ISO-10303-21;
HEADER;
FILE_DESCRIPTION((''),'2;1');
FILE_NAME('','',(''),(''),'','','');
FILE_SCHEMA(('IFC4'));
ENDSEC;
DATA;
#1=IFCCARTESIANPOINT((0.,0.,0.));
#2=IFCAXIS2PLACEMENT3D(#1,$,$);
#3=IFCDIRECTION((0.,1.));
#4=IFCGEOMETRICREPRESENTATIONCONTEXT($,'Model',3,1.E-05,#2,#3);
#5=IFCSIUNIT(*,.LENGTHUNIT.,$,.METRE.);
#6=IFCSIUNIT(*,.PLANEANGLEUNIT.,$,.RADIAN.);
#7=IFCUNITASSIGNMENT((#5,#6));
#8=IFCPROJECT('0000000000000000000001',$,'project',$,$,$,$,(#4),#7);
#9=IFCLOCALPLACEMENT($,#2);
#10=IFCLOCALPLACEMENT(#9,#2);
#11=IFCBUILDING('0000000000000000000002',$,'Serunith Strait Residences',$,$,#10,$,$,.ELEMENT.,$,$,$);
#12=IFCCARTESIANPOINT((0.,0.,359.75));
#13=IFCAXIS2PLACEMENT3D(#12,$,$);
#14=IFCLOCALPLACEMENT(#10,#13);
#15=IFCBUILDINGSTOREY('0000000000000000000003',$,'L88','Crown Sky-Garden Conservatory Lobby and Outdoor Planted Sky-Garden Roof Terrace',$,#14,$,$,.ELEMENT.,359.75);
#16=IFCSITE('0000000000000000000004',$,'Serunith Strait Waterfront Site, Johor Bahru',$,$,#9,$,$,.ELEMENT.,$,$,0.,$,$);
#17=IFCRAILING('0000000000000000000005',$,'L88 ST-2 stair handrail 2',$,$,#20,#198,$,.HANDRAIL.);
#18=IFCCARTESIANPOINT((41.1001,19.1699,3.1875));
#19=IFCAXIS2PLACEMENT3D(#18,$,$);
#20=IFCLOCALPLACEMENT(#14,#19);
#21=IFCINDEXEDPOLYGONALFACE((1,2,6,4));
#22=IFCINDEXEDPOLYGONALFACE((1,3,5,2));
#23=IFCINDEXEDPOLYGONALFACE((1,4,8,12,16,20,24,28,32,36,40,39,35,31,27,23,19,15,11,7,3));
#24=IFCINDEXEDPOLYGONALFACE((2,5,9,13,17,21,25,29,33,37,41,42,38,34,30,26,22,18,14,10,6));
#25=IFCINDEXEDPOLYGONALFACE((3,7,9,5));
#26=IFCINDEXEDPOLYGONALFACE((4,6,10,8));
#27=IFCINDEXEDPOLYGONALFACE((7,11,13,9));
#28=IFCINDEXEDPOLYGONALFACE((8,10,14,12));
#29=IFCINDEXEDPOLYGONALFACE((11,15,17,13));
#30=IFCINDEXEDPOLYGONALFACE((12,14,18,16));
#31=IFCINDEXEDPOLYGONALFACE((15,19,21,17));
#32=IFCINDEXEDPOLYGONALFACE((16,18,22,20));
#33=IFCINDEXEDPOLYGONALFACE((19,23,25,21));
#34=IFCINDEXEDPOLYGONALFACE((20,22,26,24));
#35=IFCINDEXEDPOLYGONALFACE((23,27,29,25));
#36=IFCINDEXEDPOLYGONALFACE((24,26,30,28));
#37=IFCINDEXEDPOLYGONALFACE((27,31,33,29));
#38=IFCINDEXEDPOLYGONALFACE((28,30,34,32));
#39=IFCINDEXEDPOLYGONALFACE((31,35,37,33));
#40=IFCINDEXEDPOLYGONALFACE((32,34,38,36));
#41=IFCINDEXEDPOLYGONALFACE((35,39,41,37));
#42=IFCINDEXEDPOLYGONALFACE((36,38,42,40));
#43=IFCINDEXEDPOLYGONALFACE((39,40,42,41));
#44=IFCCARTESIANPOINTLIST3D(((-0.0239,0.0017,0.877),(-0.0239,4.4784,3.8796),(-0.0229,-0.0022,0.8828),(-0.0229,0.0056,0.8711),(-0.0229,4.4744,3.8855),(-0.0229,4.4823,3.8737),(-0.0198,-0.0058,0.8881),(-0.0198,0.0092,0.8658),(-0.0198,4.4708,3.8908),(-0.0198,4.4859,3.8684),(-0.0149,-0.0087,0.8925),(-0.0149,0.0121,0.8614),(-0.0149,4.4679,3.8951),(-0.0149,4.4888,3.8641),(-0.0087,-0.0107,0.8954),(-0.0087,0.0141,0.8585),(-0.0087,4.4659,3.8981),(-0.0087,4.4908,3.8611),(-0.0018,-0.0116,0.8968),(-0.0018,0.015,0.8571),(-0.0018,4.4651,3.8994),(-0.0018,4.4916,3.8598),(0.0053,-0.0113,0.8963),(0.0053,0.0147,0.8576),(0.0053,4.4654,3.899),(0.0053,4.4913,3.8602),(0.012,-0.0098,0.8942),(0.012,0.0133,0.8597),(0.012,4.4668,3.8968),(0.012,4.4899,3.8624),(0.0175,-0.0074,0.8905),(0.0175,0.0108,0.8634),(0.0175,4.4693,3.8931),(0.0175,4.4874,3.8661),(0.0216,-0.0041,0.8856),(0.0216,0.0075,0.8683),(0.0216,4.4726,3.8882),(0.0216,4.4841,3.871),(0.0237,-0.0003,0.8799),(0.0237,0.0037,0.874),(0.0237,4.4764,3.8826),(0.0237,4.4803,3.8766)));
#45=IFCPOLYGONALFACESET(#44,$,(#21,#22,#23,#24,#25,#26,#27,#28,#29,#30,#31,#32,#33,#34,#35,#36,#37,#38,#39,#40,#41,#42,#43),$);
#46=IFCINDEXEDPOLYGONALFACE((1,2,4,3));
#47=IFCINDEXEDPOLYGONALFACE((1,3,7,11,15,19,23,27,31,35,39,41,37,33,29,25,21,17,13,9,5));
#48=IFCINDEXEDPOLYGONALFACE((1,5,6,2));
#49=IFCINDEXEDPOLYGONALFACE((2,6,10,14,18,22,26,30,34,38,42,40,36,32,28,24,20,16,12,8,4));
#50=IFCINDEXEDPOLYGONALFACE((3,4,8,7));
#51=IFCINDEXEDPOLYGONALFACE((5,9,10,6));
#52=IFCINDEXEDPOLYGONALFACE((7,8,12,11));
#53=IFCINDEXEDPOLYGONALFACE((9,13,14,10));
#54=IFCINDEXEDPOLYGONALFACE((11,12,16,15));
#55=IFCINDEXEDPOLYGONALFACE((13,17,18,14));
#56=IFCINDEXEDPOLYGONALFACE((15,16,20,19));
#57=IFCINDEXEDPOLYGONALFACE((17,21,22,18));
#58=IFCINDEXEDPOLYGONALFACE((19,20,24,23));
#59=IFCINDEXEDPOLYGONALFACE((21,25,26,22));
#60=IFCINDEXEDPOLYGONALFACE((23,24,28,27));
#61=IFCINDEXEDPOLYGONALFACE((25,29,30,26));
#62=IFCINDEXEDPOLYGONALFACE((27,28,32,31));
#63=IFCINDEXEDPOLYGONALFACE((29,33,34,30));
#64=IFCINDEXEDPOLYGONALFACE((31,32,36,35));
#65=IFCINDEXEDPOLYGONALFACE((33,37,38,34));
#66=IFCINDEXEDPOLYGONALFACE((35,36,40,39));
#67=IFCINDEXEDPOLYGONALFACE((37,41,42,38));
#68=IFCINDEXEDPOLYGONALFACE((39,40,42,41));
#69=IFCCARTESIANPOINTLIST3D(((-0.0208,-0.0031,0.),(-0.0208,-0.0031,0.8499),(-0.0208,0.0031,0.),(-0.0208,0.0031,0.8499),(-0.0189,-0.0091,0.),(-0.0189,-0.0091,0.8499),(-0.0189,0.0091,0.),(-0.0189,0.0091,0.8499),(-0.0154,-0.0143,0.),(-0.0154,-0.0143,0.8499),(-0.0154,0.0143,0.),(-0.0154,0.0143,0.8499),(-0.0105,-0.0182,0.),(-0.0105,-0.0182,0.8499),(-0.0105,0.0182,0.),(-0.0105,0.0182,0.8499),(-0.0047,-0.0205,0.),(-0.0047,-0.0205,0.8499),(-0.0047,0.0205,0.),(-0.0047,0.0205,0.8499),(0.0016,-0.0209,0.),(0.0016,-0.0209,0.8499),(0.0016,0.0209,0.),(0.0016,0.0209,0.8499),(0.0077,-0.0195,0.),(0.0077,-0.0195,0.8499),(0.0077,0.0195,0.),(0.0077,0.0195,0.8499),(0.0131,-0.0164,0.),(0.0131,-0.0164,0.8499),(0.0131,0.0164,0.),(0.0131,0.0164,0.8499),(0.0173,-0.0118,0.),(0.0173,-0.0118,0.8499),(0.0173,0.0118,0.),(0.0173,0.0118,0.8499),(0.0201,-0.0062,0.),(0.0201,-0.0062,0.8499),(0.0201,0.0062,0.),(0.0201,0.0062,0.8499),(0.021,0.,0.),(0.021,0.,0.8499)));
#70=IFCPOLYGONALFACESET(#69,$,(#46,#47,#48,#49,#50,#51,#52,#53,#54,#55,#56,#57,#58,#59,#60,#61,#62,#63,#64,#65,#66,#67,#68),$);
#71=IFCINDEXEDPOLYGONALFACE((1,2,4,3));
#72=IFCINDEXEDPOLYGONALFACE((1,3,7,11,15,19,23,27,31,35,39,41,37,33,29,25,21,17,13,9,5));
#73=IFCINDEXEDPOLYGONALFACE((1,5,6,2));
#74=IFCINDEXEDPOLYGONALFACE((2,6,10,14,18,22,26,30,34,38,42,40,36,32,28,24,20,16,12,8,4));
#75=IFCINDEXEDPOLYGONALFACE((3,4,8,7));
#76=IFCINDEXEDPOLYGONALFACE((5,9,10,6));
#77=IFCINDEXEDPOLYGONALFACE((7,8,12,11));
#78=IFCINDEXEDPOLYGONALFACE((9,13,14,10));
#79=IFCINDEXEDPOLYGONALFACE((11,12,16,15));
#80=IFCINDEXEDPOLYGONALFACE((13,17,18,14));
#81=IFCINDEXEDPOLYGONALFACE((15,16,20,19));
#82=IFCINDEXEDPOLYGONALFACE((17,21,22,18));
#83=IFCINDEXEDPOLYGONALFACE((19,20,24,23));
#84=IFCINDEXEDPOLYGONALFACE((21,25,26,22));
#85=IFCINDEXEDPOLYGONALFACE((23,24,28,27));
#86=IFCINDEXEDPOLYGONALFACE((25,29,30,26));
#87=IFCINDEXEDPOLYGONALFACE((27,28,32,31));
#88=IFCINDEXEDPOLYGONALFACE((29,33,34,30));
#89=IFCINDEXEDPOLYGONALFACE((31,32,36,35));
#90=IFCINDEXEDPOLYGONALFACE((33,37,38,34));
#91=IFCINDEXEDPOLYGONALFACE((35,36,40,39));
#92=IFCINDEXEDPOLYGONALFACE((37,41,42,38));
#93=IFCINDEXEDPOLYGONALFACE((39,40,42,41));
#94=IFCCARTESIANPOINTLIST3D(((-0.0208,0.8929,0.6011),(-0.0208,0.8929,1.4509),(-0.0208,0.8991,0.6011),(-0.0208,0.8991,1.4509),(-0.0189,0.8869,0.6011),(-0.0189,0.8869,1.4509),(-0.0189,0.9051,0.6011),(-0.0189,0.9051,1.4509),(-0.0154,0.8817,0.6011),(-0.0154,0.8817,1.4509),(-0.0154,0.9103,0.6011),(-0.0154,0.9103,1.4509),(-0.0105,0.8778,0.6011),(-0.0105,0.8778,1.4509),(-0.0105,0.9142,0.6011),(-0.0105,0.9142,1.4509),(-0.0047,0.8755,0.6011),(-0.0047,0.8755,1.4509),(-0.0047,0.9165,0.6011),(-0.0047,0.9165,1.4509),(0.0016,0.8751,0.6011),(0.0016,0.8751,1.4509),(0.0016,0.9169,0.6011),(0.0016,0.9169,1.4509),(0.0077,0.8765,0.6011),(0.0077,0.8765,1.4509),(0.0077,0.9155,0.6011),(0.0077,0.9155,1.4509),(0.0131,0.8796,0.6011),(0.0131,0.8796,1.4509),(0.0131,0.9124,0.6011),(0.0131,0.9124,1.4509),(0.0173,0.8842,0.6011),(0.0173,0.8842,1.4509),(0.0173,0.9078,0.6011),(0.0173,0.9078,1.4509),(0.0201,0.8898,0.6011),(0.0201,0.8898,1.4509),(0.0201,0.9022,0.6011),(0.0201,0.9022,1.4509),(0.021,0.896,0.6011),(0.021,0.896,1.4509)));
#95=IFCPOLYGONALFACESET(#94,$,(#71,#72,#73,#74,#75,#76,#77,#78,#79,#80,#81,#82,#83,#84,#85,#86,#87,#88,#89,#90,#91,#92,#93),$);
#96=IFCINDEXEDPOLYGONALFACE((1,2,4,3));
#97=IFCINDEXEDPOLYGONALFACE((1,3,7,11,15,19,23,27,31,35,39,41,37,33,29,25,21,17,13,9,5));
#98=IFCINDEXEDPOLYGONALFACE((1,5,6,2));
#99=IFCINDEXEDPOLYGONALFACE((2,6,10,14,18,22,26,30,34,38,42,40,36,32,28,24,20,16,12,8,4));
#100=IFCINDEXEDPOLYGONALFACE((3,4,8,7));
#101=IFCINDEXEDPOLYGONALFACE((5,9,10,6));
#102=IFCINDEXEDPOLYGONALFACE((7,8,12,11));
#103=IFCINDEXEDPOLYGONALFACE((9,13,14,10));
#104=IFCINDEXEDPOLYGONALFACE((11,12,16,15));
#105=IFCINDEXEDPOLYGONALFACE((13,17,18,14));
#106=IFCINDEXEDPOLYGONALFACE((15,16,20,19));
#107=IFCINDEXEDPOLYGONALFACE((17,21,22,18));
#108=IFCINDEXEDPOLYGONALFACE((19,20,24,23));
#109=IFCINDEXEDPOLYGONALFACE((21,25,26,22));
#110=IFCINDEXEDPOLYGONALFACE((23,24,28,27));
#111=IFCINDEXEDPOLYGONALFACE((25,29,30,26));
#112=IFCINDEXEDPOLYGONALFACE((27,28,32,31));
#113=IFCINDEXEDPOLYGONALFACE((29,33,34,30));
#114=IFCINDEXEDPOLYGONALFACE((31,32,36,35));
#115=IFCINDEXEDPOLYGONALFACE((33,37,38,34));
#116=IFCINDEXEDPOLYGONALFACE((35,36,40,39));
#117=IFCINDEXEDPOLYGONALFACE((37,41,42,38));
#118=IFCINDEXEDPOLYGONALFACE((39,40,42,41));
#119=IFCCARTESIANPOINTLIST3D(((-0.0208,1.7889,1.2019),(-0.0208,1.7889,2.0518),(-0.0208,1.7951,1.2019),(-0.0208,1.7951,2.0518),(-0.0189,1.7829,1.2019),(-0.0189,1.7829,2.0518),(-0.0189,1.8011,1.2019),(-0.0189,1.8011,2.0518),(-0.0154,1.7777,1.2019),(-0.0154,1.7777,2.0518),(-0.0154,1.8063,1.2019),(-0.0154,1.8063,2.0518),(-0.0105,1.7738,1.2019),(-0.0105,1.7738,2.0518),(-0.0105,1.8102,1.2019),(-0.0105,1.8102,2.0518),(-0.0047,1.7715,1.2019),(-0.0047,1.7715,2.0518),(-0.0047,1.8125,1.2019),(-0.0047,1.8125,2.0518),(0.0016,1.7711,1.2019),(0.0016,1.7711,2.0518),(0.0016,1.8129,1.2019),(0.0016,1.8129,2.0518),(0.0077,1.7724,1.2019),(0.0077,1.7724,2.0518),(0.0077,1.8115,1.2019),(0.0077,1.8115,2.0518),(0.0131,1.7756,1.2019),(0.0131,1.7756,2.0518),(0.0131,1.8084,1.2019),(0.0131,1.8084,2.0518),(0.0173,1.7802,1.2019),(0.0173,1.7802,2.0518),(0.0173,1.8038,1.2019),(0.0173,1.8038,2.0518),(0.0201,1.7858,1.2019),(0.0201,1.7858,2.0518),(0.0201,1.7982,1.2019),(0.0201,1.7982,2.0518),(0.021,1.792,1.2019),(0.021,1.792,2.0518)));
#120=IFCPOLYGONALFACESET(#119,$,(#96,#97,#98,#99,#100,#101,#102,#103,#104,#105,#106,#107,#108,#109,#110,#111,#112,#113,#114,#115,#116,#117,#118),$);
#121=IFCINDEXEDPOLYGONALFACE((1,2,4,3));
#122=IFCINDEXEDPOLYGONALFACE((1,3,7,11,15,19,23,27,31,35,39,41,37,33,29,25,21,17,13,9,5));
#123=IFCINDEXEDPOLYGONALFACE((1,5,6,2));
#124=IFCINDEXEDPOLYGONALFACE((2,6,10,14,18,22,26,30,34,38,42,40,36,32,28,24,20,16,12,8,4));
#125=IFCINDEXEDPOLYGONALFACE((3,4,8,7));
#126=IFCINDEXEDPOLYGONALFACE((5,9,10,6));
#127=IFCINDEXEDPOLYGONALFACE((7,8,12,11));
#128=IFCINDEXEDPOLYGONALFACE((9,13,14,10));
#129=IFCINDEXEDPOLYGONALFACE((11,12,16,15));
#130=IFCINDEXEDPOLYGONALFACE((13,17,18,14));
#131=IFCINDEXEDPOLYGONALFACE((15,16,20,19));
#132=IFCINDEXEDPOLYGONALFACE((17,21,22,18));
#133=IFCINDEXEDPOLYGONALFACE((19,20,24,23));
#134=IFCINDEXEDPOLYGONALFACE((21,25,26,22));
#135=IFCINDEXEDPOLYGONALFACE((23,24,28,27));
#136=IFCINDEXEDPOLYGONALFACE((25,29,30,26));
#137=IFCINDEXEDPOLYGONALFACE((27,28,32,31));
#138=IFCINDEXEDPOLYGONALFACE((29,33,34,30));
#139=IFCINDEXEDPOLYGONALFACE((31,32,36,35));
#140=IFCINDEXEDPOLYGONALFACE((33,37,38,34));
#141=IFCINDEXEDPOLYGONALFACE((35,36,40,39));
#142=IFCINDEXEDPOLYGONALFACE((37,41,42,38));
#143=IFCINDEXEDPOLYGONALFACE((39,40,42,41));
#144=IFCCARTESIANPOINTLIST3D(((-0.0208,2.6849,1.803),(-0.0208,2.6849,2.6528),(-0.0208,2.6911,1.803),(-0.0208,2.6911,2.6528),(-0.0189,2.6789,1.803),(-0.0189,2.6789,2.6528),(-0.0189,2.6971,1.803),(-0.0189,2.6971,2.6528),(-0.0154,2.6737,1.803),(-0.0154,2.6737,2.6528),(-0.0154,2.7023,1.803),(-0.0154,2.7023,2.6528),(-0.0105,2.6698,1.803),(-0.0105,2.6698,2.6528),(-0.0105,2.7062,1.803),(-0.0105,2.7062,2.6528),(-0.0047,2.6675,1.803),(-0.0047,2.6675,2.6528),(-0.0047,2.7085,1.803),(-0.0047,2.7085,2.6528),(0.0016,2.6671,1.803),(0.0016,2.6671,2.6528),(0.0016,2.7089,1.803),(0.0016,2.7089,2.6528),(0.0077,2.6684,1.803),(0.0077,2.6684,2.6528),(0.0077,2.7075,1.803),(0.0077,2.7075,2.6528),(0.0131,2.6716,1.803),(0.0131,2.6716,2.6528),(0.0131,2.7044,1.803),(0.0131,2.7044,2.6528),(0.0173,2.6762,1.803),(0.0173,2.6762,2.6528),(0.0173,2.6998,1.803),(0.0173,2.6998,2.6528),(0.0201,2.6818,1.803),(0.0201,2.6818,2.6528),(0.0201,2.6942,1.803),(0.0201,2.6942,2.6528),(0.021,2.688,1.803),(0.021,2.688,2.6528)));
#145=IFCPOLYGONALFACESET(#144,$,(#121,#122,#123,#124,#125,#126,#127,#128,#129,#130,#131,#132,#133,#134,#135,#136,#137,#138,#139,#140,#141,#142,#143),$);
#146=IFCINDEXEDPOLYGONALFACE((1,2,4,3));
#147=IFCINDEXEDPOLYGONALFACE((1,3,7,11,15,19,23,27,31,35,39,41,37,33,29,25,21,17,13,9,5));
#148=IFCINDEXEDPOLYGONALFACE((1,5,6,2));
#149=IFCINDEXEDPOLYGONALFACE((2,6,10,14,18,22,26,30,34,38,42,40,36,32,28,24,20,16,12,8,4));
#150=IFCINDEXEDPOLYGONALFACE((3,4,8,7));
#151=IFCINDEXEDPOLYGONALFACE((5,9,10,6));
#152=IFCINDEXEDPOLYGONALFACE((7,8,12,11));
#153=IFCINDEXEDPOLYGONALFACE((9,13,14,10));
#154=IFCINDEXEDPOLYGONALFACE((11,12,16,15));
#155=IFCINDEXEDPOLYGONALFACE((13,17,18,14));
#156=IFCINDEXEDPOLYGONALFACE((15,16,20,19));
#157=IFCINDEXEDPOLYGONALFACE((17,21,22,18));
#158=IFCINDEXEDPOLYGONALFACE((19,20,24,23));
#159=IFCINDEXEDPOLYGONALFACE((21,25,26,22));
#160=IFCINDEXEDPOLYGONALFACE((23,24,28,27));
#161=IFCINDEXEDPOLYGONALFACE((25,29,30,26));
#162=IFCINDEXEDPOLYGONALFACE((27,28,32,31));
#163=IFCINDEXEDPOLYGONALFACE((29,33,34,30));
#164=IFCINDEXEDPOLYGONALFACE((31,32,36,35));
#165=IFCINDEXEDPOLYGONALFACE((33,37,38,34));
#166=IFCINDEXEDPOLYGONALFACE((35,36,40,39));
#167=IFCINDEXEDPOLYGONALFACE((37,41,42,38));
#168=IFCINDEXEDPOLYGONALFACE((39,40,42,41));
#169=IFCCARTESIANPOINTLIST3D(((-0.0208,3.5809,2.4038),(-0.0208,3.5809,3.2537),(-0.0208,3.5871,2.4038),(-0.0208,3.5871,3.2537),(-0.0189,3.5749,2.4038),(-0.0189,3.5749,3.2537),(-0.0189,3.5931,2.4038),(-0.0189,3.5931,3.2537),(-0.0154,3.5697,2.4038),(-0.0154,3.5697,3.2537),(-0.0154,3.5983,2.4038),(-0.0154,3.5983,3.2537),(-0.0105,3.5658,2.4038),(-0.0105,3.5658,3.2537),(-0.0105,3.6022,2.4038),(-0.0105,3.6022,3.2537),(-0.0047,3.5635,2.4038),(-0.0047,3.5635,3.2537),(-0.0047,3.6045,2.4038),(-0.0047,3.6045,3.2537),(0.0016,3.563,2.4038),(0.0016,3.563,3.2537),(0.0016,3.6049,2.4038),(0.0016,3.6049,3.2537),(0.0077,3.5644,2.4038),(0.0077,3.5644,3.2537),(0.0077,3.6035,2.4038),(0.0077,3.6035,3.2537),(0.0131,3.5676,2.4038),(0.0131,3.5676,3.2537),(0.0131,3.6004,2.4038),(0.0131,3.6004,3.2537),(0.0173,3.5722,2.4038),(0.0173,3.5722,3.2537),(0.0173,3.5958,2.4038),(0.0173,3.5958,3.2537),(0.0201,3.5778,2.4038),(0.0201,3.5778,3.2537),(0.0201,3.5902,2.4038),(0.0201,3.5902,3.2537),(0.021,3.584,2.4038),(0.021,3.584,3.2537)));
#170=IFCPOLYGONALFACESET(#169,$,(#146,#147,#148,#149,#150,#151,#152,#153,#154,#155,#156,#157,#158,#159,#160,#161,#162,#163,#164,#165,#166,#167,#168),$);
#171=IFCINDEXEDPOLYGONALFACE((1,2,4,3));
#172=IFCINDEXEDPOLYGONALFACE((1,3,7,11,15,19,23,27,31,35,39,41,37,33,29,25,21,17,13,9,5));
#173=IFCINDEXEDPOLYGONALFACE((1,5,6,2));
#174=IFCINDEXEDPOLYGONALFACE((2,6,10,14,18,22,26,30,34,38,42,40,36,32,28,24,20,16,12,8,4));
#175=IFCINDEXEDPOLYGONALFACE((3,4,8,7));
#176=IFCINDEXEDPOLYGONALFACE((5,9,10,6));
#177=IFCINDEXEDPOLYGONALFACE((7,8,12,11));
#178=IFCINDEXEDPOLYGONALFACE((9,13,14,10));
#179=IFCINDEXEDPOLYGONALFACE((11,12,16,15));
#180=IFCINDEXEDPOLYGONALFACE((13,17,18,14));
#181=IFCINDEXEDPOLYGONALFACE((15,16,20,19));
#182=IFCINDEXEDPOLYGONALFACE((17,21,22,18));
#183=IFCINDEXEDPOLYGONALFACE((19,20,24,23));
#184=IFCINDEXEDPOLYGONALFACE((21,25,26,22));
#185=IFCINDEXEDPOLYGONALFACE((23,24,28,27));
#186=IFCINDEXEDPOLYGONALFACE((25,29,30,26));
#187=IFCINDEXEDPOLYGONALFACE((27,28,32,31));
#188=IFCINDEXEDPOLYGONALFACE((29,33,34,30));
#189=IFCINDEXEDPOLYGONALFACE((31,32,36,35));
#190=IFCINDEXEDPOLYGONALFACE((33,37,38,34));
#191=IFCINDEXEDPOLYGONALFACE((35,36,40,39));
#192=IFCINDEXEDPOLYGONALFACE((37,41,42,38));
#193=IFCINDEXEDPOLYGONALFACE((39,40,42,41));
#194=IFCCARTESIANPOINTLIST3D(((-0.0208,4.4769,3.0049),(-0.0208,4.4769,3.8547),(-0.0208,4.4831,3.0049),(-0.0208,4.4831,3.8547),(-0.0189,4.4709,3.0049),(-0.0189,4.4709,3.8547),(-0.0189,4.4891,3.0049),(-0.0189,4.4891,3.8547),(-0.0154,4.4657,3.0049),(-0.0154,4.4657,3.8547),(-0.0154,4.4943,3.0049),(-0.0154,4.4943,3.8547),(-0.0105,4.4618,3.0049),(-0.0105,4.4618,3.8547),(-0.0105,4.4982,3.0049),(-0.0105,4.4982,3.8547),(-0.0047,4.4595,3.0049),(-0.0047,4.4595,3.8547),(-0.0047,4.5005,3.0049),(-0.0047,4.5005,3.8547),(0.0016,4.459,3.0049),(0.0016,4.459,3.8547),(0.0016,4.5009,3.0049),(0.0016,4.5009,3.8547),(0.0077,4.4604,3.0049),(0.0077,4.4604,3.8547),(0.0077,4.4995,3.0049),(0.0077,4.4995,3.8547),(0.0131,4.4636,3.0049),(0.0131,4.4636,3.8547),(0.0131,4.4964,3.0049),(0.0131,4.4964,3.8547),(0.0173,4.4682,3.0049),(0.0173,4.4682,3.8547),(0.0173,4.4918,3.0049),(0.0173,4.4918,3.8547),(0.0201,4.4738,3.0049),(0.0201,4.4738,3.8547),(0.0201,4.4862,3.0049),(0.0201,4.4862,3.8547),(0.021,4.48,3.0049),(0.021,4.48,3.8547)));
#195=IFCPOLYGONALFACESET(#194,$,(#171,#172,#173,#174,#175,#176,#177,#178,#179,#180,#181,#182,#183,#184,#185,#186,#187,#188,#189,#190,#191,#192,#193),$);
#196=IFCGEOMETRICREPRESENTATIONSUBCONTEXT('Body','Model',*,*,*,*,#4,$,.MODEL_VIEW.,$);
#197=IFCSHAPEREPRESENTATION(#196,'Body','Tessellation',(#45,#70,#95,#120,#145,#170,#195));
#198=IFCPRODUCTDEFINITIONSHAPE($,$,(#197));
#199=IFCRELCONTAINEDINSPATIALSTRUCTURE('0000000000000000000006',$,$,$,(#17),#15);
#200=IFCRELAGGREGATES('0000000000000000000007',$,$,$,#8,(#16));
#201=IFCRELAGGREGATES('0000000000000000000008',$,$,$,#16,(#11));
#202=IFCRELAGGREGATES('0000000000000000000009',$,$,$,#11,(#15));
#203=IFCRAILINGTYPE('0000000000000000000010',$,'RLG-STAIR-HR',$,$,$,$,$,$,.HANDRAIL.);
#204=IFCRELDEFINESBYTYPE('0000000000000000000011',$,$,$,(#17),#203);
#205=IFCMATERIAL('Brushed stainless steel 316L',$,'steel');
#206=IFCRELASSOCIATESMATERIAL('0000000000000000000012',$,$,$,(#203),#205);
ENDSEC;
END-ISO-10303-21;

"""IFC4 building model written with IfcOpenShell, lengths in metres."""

from ifc_helpers import new_model, si_unit, direction, frame, origin, origin_2d, place, context, subcontext, project, spatial, circle, extrude, material, type_object, element, save


model = new_model("IFC4")

# Units and contexts
model_context = context("Model", 3, precision=1e-05, world=origin(), true_north=direction((0.0, 1.0)))
body_context = subcontext(model_context, "Body", "Model", "MODEL_VIEW")
ifc_project = project(units=[si_unit("LENGTHUNIT", "METRE"), si_unit("PLANEANGLEUNIT", "RADIAN")], contexts=[model_context])

# Site, building, storey
site_placement = place(None, origin())
site = spatial("IfcSite", under=ifc_project, at=site_placement, Name="Serunith Strait Waterfront Site, Johor Bahru", CompositionType="ELEMENT", RefElevation=0.0)
building_placement = place(site_placement, origin())
building = spatial("IfcBuilding", under=site, at=building_placement, Name="Serunith Strait Residences", CompositionType="ELEMENT")
storey_placement = place(building_placement, frame((0.0, 0.0, 359.75)))
storey = spatial("IfcBuildingStorey", under=building, at=storey_placement, Name="L88", Description="Crown Sky-Garden Conservatory Lobby and Outdoor Planted Sky-Garden Roof Terrace", CompositionType="ELEMENT", Elevation=359.75)

# Railing
ifc_material_1 = material(Name="Brushed stainless steel 316L", Category="steel")
railing_type_1 = type_object("IfcRailingType", Name="RLG-STAIR-HR", PredefinedType="HANDRAIL", material=ifc_material_1)
railing_1_placement = place(storey_placement, frame((41.1001, 19.1699, 3.1875)))
element("IfcRailing", 1, at=railing_1_placement, inside=storey, type_object=railing_type_1, Name="L88 ST-2 stair handrail 2", PredefinedType="HANDRAIL", context=body_context, shape_type="SweptSolid", body=[
    extrude(circle(Radius=0.0239, at=origin_2d()), frame((0.0, 0.0017, 0.877), z_axis=(0.0, 0.830487, 0.557038), x_axis=(-1.0, 0.0, 0.0)), (0.0, 0.0, 1.0), 5.3904),
    extrude(circle(Radius=0.021, at=origin_2d()), origin(), (0.0, 0.0, 1.0), 0.8499),
    extrude(circle(Radius=0.021, at=origin_2d()), frame((0.0, 0.896, 0.6011)), (0.0, 0.0, 1.0), 0.8499),
    extrude(circle(Radius=0.021, at=origin_2d()), frame((0.0, 1.792, 1.2019)), (0.0, 0.0, 1.0), 0.8499),
    extrude(circle(Radius=0.021, at=origin_2d()), frame((0.0, 2.688, 1.803)), (0.0, 0.0, 1.0), 0.8499),
    extrude(circle(Radius=0.021, at=origin_2d()), frame((0.0, 3.584, 2.4038)), (0.0, 0.0, 1.0), 0.8499),
    extrude(circle(Radius=0.021, at=origin_2d()), frame((0.0, 4.48, 3.0049)), (0.0, 0.0, 1.0), 0.8499),
])

save(model, "model.ifc")
